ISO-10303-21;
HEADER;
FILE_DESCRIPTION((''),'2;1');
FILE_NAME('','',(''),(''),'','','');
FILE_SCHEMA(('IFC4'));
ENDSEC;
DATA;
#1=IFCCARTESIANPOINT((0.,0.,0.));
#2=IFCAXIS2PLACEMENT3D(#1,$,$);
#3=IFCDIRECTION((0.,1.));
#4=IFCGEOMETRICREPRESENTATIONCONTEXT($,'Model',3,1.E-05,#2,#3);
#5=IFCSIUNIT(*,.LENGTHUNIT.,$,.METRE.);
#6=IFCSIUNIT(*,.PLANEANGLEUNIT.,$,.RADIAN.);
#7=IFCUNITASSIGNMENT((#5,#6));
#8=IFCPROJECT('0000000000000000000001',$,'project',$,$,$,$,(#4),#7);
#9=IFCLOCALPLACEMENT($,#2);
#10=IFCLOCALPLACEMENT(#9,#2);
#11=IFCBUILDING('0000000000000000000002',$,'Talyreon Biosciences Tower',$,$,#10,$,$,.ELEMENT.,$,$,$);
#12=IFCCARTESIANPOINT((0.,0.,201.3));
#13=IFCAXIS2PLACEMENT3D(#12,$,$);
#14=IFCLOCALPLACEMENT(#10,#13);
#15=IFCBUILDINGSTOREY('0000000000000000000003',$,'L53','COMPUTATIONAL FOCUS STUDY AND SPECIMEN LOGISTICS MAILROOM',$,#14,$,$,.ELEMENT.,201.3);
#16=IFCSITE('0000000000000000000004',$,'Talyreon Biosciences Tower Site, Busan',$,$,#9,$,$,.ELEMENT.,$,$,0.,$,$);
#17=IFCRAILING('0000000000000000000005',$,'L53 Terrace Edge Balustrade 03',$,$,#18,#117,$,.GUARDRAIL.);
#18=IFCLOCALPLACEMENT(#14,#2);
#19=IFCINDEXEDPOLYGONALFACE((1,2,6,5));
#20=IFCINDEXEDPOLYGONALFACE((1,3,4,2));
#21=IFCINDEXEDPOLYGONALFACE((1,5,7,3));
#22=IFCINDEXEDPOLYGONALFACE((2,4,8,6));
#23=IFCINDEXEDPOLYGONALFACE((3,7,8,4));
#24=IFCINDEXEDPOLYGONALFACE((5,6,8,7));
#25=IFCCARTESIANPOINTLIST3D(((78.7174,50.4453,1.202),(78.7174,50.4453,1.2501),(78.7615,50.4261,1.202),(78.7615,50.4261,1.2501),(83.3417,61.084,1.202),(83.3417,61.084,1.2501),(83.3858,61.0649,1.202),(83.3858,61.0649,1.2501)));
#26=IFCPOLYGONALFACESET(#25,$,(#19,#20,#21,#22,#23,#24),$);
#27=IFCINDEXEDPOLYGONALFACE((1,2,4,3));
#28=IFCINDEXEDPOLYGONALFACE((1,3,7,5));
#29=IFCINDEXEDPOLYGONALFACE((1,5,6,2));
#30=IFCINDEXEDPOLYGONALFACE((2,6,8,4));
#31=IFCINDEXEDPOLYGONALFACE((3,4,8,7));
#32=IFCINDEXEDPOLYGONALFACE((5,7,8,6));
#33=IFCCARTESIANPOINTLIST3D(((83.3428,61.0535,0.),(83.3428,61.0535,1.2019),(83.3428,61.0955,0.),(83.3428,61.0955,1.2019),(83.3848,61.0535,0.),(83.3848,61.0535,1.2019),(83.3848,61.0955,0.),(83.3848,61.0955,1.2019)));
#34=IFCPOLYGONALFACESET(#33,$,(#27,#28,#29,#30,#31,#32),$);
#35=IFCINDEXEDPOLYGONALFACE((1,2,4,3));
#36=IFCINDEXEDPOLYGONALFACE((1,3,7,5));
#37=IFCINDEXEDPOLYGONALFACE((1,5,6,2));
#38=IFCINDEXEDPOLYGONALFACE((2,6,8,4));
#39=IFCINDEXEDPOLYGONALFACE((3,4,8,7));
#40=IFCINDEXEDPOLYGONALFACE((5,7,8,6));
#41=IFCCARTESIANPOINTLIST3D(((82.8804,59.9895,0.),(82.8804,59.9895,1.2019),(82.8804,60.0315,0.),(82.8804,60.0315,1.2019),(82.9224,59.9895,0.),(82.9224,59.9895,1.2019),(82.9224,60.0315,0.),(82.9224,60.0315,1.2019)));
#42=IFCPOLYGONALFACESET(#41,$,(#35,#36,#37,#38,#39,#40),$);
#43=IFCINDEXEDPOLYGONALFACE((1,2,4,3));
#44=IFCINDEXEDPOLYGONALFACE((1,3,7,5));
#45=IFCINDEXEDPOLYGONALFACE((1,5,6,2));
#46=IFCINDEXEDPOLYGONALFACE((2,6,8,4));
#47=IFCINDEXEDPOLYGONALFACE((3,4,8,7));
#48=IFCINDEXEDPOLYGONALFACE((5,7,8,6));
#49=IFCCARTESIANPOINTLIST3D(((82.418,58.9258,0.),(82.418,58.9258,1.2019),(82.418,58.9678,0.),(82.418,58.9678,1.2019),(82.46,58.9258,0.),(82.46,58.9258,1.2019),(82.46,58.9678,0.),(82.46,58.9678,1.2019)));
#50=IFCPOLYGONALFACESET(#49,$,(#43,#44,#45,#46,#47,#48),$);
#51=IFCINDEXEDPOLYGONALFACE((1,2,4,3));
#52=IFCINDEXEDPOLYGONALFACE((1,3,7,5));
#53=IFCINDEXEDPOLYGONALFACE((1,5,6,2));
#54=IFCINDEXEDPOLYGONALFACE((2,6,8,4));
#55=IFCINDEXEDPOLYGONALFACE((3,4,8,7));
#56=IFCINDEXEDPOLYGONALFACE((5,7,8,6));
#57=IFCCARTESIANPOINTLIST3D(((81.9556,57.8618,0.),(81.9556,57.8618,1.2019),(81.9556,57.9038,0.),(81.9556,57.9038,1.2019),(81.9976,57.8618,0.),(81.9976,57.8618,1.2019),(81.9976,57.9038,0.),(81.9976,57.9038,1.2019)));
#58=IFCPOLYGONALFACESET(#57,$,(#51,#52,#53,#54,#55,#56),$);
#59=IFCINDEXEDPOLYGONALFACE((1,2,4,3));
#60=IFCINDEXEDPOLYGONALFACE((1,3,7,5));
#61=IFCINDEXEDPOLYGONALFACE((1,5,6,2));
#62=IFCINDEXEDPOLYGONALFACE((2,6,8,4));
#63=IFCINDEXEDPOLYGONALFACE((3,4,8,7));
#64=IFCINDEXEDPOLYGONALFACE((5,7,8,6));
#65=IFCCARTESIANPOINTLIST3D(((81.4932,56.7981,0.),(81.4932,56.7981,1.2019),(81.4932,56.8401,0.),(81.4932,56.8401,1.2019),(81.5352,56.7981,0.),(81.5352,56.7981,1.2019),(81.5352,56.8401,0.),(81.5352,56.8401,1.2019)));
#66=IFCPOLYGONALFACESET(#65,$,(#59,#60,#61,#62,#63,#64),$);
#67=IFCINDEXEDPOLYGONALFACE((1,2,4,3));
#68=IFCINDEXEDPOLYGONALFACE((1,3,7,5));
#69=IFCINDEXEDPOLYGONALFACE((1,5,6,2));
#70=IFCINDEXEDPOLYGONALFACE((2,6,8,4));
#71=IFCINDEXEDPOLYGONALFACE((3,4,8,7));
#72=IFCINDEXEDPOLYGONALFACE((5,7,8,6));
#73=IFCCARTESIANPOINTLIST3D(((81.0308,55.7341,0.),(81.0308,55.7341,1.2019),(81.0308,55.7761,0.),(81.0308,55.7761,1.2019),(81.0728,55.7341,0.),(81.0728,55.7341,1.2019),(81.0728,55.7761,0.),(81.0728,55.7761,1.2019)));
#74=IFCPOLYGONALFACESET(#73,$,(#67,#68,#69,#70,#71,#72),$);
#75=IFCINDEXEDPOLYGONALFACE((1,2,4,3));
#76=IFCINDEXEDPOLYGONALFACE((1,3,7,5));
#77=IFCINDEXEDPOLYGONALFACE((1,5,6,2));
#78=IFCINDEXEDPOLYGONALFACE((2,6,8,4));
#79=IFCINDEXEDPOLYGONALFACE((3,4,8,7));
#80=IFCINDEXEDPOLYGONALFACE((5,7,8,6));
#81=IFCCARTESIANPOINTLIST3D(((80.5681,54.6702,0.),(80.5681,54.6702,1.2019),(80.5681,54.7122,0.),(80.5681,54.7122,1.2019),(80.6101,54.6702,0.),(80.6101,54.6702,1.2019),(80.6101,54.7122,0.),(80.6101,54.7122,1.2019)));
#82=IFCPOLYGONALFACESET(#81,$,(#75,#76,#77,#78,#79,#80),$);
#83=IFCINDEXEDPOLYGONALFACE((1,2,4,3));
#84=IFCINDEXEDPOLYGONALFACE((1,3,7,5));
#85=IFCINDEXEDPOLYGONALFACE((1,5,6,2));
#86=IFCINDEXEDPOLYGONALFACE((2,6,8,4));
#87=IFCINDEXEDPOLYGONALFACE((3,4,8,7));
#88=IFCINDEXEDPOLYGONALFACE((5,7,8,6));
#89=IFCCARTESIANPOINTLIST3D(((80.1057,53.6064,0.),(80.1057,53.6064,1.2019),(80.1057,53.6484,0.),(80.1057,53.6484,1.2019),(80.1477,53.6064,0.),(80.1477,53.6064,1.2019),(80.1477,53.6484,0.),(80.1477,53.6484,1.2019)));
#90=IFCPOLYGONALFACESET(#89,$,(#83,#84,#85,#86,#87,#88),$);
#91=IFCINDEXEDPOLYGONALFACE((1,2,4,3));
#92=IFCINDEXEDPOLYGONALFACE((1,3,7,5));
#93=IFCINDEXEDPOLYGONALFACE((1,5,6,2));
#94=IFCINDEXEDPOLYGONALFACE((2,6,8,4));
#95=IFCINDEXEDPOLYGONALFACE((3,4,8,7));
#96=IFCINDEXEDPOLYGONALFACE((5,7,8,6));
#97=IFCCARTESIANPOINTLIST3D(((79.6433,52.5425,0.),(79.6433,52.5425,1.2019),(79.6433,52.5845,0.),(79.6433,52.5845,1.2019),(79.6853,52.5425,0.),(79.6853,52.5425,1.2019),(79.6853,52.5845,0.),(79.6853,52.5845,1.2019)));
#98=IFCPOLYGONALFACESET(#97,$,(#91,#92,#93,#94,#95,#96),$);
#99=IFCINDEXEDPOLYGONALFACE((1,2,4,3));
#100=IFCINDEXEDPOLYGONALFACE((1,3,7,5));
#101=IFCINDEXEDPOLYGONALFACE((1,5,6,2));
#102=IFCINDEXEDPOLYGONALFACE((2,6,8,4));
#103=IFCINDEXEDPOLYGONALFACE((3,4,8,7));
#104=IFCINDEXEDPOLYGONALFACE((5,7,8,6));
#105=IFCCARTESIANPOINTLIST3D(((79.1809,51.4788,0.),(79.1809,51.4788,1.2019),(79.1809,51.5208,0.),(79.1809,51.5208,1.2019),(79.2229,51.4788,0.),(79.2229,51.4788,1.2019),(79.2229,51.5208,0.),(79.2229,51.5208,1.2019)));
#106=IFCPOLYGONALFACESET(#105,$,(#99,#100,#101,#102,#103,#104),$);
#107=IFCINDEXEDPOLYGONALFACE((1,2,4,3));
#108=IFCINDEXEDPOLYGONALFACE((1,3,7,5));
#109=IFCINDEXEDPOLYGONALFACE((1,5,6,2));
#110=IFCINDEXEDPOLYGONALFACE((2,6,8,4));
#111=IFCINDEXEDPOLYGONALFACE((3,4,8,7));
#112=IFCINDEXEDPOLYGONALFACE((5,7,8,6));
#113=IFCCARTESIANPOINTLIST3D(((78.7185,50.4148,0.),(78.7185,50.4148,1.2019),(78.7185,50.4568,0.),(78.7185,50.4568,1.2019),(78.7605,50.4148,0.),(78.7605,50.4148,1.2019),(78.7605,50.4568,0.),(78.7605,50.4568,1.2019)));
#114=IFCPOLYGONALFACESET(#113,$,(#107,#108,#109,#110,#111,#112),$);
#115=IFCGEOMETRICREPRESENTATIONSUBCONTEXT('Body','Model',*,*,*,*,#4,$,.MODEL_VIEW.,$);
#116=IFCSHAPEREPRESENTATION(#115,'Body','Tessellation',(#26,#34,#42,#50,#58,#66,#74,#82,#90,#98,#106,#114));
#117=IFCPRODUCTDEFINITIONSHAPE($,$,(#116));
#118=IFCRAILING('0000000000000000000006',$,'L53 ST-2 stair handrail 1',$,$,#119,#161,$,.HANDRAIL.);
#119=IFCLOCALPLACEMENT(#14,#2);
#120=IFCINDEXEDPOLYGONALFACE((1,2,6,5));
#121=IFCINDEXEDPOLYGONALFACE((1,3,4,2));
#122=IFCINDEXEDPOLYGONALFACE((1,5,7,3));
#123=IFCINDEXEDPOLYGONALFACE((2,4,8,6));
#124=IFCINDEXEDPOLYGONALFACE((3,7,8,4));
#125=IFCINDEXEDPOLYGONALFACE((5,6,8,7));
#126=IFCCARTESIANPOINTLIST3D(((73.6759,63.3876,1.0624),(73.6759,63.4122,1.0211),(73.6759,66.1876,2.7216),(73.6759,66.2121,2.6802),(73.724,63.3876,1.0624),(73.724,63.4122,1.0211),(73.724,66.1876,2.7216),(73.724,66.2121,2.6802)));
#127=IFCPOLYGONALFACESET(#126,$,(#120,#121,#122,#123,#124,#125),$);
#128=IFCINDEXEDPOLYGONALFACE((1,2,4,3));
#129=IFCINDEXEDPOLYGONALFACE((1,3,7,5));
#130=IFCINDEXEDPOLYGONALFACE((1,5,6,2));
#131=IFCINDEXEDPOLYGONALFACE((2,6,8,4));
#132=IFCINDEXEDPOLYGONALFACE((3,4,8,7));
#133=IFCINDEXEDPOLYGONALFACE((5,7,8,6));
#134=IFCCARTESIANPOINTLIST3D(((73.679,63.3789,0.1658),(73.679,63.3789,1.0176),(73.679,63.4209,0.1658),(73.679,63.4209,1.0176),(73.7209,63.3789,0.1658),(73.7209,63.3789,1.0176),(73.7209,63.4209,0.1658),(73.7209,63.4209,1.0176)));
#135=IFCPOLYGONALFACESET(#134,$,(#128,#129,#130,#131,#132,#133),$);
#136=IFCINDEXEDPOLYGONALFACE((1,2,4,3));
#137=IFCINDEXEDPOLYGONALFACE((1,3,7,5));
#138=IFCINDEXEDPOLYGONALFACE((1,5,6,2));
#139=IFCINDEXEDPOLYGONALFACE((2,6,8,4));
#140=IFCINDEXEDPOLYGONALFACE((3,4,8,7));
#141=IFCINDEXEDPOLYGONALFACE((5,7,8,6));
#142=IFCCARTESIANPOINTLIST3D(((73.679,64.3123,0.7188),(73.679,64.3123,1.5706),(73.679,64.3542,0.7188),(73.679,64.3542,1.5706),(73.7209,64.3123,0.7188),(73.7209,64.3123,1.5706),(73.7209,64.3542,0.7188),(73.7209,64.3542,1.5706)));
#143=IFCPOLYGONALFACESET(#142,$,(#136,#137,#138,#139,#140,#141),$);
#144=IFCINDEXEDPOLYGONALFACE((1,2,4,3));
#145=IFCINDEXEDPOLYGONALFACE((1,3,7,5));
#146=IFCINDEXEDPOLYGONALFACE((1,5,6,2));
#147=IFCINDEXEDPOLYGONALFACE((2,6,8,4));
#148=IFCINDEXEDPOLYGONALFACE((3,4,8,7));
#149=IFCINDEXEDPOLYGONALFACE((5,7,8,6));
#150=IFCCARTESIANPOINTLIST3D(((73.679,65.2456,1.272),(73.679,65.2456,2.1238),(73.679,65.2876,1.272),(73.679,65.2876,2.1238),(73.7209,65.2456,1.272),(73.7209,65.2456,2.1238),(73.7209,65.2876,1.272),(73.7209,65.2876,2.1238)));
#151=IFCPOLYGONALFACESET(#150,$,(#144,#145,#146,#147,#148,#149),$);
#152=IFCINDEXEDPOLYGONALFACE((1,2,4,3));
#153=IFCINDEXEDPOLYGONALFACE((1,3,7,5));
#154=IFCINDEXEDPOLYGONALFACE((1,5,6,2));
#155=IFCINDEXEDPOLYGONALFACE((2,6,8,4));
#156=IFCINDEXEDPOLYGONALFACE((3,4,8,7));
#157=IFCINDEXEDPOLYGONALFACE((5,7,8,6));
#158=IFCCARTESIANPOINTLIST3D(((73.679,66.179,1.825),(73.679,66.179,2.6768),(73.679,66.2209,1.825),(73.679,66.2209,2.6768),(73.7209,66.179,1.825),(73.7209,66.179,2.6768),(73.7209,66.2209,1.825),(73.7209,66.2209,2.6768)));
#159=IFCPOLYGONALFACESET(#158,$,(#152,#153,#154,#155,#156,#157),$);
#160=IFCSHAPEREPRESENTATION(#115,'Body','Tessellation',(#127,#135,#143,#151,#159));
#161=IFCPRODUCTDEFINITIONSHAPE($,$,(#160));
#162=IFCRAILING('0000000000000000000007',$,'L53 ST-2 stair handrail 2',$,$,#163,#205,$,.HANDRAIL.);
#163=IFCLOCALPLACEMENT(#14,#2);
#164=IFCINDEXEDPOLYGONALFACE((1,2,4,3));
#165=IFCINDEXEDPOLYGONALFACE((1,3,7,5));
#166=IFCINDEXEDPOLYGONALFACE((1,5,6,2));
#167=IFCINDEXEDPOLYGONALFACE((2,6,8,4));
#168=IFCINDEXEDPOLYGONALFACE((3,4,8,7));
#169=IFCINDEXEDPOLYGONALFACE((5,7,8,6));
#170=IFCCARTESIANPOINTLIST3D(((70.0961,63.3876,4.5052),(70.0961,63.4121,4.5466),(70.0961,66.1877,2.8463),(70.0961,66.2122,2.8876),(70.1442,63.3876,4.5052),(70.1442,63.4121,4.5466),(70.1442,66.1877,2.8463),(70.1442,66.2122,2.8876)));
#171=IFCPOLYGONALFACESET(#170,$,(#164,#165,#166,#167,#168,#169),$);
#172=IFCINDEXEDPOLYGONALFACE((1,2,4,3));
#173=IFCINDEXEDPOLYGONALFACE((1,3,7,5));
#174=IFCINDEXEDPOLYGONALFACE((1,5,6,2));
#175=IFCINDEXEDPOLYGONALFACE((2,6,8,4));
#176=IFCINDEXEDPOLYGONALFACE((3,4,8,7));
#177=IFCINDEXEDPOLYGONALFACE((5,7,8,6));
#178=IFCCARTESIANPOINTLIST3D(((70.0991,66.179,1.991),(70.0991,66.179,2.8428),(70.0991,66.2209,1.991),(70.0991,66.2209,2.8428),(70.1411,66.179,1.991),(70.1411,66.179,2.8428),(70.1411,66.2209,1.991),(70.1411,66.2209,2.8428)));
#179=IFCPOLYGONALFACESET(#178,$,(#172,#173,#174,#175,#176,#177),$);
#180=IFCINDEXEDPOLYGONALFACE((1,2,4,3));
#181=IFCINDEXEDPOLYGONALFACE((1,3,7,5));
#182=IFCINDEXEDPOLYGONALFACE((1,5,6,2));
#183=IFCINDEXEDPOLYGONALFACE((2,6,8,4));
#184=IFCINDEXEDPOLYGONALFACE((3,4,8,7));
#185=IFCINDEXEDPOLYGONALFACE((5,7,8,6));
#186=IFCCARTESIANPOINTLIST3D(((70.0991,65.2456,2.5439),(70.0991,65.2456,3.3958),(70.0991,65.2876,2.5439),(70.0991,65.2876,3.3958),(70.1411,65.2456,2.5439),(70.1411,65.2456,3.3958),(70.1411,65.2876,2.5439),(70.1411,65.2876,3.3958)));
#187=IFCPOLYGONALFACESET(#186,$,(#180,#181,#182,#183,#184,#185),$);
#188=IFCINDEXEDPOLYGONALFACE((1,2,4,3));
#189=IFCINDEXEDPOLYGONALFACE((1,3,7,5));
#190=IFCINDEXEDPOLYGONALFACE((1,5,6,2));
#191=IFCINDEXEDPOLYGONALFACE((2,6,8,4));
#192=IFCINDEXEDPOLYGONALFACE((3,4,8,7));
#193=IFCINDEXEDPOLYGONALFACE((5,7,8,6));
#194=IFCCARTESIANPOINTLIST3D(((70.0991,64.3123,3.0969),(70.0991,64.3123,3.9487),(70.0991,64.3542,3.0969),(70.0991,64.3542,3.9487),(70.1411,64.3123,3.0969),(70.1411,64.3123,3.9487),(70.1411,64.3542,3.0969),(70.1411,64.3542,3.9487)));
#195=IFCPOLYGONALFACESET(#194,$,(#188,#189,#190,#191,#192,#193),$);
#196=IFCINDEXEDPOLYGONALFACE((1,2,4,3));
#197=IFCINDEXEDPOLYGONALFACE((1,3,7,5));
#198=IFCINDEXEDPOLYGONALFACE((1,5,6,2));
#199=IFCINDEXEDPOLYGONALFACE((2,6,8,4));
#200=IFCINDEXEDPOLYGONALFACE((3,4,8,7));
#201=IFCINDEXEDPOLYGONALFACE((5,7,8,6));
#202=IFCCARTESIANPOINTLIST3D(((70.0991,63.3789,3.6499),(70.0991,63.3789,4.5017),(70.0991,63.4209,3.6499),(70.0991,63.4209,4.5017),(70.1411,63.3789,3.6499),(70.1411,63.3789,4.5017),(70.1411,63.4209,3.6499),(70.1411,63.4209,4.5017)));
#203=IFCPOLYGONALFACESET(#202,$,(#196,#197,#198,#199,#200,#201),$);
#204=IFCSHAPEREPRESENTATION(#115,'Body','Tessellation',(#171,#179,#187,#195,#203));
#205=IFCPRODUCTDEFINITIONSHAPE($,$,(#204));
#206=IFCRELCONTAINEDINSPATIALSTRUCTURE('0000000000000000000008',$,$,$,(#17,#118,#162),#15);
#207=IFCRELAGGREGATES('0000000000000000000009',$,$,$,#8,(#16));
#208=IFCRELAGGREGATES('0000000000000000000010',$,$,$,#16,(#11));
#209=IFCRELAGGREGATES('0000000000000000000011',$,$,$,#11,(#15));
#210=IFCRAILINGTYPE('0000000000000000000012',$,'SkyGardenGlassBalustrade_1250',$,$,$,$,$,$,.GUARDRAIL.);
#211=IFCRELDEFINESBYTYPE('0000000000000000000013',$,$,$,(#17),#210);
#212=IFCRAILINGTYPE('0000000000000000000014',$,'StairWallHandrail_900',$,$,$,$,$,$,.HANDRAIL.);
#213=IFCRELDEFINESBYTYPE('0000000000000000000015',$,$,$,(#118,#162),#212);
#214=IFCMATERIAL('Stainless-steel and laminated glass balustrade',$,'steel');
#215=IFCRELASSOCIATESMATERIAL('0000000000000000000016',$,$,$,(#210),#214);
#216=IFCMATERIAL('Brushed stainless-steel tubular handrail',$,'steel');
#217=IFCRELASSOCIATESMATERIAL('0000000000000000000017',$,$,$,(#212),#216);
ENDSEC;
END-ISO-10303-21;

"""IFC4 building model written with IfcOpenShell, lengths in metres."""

from ifc_helpers import new_model, si_unit, direction, frame, origin, origin_2d, place, context, subcontext, project, spatial, rectangle, extrude, material, type_object, element, save


model = new_model("IFC4")

# Units and contexts
model_context = context("Model", 3, precision=1e-05, world=origin(), true_north=direction((0.0, 1.0)))
body_context = subcontext(model_context, "Body", "Model", "MODEL_VIEW")
ifc_project = project(units=[si_unit("LENGTHUNIT", "METRE"), si_unit("PLANEANGLEUNIT", "RADIAN")], contexts=[model_context])

# Site, building, storey
site_placement = place(None, origin())
site = spatial("IfcSite", under=ifc_project, at=site_placement, Name="Talyreon Biosciences Tower Site, Busan", CompositionType="ELEMENT", RefElevation=0.0)
building_placement = place(site_placement, origin())
building = spatial("IfcBuilding", under=site, at=building_placement, Name="Talyreon Biosciences Tower", CompositionType="ELEMENT")
storey_placement = place(building_placement, frame((0.0, 0.0, 201.3)))
storey = spatial("IfcBuildingStorey", under=building, at=storey_placement, Name="L53", Description="COMPUTATIONAL FOCUS STUDY AND SPECIMEN LOGISTICS MAILROOM", CompositionType="ELEMENT", Elevation=201.3)

# Railings
ifc_material_1 = material(Name="Stainless-steel and laminated glass balustrade", Category="steel")
railing_type_1 = type_object("IfcRailingType", Name="SkyGardenGlassBalustrade_1250", PredefinedType="GUARDRAIL", material=ifc_material_1)
railing_1_placement = place(storey_placement, frame((83.3638, 61.0745, 0.0)))
element("IfcRailing", 1, at=railing_1_placement, inside=storey, type_object=railing_type_1, Name="L53 Terrace Edge Balustrade 03", PredefinedType="GUARDRAIL", context=body_context, shape_type="SweptSolid", body=[
    extrude(rectangle(XDim=0.0481, YDim=0.0481, at=origin_2d()), frame((0.0, 0.0, 1.2261), z_axis=(-0.398636, -0.917109, 0.0), x_axis=(0.917109, -0.398636, 0.0)), (0.0, 0.0, 1.0), 11.6003),
    extrude(rectangle(XDim=0.042, YDim=0.042, at=origin_2d()), origin(), (0.0, 0.0, 1.0), 1.2019),
    extrude(rectangle(XDim=0.042, YDim=0.042, at=origin_2d()), frame((-0.4624, -1.064, 0.0)), (0.0, 0.0, 1.0), 1.2019),
    extrude(rectangle(XDim=0.042, YDim=0.042, at=origin_2d()), frame((-0.9248, -2.1277, 0.0)), (0.0, 0.0, 1.0), 1.2019),
    extrude(rectangle(XDim=0.042, YDim=0.042, at=origin_2d()), frame((-1.3872, -3.1917, 0.0)), (0.0, 0.0, 1.0), 1.2019),
    extrude(rectangle(XDim=0.042, YDim=0.042, at=origin_2d()), frame((-1.8496, -4.2554, 0.0)), (0.0, 0.0, 1.0), 1.2019),
    extrude(rectangle(XDim=0.042, YDim=0.042, at=origin_2d()), frame((-2.312, -5.3193, 0.0)), (0.0, 0.0, 1.0), 1.2019),
    extrude(rectangle(XDim=0.042, YDim=0.042, at=origin_2d()), frame((-2.7747, -6.3833, 0.0)), (0.0, 0.0, 1.0), 1.2019),
    extrude(rectangle(XDim=0.042, YDim=0.042, at=origin_2d()), frame((-3.2371, -7.447, 0.0)), (0.0, 0.0, 1.0), 1.2019),
    extrude(rectangle(XDim=0.042, YDim=0.042, at=origin_2d()), frame((-3.6995, -8.511, 0.0)), (0.0, 0.0, 1.0), 1.2019),
    extrude(rectangle(XDim=0.042, YDim=0.042, at=origin_2d()), frame((-4.1619, -9.5747, 0.0)), (0.0, 0.0, 1.0), 1.2019),
    extrude(rectangle(XDim=0.042, YDim=0.042, at=origin_2d()), frame((-4.6243, -10.6387, 0.0)), (0.0, 0.0, 1.0), 1.2019),
])
ifc_material_2 = material(Name="Brushed stainless-steel tubular handrail", Category="steel")
railing_type_2 = type_object("IfcRailingType", Name="StairWallHandrail_900", PredefinedType="HANDRAIL", material=ifc_material_2)
railing_2_placement = place(storey_placement, frame((73.7, 63.3999, 0.1658)))
element("IfcRailing", 2, at=railing_2_placement, inside=storey, type_object=railing_type_2, Name="L53 ST-2 stair handrail 1", PredefinedType="HANDRAIL", context=body_context, shape_type="SweptSolid", body=[
    extrude(rectangle(XDim=0.0481, YDim=0.0481, at=origin_2d()), frame((0.0, 0.0, 0.876), z_axis=(0.0, 0.860306, 0.509778), x_axis=(-1.0, 0.0, 0.0)), (0.0, 0.0, 1.0), 3.2546),
    extrude(rectangle(XDim=0.042, YDim=0.042, at=origin_2d()), origin(), (0.0, 0.0, 1.0), 0.8518),
    extrude(rectangle(XDim=0.042, YDim=0.042, at=origin_2d()), frame((0.0, 0.9333, 0.553)), (0.0, 0.0, 1.0), 0.8518),
    extrude(rectangle(XDim=0.042, YDim=0.042, at=origin_2d()), frame((0.0, 1.8667, 1.1062)), (0.0, 0.0, 1.0), 0.8518),
    extrude(rectangle(XDim=0.042, YDim=0.042, at=origin_2d()), frame((0.0, 2.8, 1.6592)), (0.0, 0.0, 1.0), 0.8518),
])
railing_3_placement = place(storey_placement, frame((70.1201, 66.2, 1.991)))
element("IfcRailing", 3, at=railing_3_placement, inside=storey, type_object=railing_type_2, Name="L53 ST-2 stair handrail 2", PredefinedType="HANDRAIL", context=body_context, shape_type="SweptSolid", body=[
    extrude(rectangle(XDim=0.0481, YDim=0.0481, at=origin_2d()), frame((0.0, 0.0, 0.876), z_axis=(0.0, -0.860339, 0.509722), x_axis=(1.0, 0.0, 0.0)), (0.0, 0.0, 1.0), 3.2546),
    extrude(rectangle(XDim=0.042, YDim=0.042, at=origin_2d()), origin(), (0.0, 0.0, 1.0), 0.8518),
    extrude(rectangle(XDim=0.042, YDim=0.042, at=origin_2d()), frame((0.0, -0.9333, 0.553)), (0.0, 0.0, 1.0), 0.8518),
    extrude(rectangle(XDim=0.042, YDim=0.042, at=origin_2d()), frame((0.0, -1.8667, 1.106)), (0.0, 0.0, 1.0), 0.8518),
    extrude(rectangle(XDim=0.042, YDim=0.042, at=origin_2d()), frame((0.0, -2.8, 1.6589)), (0.0, 0.0, 1.0), 0.8518),
])

save(model, "model.ifc")
